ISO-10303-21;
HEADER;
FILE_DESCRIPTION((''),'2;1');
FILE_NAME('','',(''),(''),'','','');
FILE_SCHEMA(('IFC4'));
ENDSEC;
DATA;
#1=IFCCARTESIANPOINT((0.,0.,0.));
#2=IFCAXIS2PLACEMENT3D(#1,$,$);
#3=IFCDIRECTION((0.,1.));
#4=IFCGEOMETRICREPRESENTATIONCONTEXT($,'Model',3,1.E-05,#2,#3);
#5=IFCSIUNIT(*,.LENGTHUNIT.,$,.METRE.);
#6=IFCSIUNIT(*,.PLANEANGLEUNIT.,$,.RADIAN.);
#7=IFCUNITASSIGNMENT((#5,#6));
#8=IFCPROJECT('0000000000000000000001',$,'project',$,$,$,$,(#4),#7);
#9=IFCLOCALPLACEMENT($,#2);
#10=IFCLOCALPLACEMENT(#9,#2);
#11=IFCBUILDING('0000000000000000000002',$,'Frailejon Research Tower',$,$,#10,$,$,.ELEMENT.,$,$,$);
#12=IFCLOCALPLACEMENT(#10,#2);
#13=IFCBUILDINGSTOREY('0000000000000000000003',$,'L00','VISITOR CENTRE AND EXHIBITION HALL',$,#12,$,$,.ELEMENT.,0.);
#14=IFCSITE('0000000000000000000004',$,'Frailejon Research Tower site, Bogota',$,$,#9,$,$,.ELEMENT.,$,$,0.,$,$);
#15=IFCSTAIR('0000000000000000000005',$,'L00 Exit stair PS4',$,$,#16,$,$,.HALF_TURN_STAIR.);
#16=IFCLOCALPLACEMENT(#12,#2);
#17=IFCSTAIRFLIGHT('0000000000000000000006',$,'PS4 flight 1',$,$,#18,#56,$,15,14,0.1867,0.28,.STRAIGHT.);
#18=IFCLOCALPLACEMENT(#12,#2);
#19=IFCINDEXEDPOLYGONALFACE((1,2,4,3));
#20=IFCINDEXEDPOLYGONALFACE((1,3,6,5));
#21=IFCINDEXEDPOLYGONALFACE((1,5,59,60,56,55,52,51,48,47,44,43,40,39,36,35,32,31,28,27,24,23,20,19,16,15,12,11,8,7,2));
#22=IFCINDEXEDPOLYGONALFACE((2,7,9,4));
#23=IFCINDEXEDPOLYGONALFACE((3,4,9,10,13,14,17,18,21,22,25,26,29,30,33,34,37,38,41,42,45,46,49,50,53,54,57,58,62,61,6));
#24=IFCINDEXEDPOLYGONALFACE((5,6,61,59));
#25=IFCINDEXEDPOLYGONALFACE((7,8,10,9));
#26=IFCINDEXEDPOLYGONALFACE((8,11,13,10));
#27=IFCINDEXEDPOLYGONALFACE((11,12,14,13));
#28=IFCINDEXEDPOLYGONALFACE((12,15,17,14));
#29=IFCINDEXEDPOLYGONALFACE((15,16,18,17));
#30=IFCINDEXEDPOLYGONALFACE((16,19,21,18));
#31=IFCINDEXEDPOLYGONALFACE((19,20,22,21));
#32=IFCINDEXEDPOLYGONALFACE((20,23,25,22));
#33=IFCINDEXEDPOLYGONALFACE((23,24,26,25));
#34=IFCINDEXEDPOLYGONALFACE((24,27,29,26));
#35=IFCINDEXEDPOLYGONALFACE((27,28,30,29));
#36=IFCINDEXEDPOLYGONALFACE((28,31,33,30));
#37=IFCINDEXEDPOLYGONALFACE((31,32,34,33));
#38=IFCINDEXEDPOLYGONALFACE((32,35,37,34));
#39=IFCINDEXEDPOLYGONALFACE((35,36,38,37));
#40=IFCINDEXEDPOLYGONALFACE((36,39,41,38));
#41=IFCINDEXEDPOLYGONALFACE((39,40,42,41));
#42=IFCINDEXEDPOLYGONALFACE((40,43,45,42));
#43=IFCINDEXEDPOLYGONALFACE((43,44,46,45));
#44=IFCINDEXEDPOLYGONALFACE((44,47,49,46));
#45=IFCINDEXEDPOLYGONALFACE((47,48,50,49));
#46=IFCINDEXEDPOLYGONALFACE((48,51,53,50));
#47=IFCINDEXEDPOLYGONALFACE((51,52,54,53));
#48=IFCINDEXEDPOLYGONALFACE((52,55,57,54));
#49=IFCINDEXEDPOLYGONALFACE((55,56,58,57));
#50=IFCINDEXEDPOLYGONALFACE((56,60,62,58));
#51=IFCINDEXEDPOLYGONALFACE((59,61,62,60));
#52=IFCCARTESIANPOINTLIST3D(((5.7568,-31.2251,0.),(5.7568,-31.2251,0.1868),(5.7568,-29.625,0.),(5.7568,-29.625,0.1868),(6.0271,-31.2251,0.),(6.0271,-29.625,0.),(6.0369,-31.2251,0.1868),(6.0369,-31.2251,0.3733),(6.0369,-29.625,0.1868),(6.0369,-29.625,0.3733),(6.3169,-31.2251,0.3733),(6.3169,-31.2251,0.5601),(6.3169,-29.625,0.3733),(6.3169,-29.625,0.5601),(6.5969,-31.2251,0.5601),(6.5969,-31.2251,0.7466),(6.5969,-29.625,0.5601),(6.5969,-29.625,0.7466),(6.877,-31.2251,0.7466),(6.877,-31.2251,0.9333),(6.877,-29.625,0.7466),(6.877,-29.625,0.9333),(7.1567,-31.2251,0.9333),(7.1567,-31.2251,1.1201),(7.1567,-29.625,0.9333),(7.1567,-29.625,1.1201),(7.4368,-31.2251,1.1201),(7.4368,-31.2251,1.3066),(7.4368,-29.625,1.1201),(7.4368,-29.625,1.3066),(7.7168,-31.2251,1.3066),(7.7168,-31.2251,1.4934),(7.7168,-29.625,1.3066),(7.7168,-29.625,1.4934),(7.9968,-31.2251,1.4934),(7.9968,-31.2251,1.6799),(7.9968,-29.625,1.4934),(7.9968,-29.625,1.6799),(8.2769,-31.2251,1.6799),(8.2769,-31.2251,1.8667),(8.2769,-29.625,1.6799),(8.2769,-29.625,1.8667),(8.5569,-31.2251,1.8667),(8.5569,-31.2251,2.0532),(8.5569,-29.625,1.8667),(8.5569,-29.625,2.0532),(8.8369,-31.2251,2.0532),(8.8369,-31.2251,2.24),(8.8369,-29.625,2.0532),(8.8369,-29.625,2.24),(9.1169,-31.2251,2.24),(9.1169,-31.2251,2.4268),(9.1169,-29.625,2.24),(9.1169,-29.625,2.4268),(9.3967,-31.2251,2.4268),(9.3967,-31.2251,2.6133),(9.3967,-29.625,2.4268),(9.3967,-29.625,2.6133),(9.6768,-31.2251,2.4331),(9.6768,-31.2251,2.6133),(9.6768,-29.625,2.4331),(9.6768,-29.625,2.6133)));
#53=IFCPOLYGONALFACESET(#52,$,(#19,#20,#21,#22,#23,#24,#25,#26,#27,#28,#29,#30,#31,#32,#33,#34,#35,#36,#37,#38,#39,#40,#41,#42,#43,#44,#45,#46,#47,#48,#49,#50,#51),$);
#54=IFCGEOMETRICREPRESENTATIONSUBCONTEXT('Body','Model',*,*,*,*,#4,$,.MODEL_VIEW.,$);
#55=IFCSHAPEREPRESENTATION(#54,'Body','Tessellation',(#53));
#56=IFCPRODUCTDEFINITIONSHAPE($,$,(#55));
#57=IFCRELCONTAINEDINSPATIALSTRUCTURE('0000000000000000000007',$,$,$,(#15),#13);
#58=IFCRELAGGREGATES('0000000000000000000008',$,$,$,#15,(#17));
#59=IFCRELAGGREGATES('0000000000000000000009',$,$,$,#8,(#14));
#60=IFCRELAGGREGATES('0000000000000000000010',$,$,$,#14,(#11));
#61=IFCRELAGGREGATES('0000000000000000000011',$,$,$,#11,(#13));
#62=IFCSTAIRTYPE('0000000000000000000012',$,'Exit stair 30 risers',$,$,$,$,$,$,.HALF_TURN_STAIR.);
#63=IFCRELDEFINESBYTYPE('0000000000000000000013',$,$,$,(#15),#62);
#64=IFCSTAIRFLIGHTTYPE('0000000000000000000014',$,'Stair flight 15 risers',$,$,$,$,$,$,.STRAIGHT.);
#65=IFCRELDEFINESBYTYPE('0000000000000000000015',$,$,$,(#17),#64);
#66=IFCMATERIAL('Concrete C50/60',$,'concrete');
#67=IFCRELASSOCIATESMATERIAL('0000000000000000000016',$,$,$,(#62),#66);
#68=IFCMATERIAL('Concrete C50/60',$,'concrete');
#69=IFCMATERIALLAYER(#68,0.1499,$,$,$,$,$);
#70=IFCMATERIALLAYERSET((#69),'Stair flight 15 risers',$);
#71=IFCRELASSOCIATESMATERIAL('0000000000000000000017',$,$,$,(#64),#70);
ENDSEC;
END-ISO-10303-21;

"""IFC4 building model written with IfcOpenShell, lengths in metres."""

from ifc_helpers import new_model, si_unit, direction, frame, origin, place, context, subcontext, project, spatial, polyline, outline, extrude, material, layer, layer_set, type_object, element, aggregate, save


model = new_model("IFC4")

# Units and contexts
model_context = context("Model", 3, precision=1e-05, world=origin(), true_north=direction((0.0, 1.0)))
body_context = subcontext(model_context, "Body", "Model", "MODEL_VIEW")
ifc_project = project(units=[si_unit("LENGTHUNIT", "METRE"), si_unit("PLANEANGLEUNIT", "RADIAN")], contexts=[model_context])

# Site, building, storey
site_placement = place(None, origin())
site = spatial("IfcSite", under=ifc_project, at=site_placement, Name="Frailejon Research Tower site, Bogota", CompositionType="ELEMENT", RefElevation=0.0)
building_placement = place(site_placement, origin())
building = spatial("IfcBuilding", under=site, at=building_placement, Name="Frailejon Research Tower", CompositionType="ELEMENT")
storey_placement = place(building_placement, origin())
storey = spatial("IfcBuildingStorey", under=building, at=storey_placement, Name="L00", Description="VISITOR CENTRE AND EXHIBITION HALL", CompositionType="ELEMENT", Elevation=0.0)

# Stair, stair flight
ifc_material_1 = material(Name="Concrete C50/60", Category="concrete")
stair_type = type_object("IfcStairType", Name="Exit stair 30 risers", PredefinedType="HALF_TURN_STAIR", material=ifc_material_1)
stair_placement = place(storey_placement, origin())
stair = element("IfcStair", 1, at=stair_placement, inside=storey, type_object=stair_type, Name="L00 Exit stair PS4", PredefinedType="HALF_TURN_STAIR")
ifc_material_2 = material(Name="Concrete C50/60", Category="concrete")
ifc_layer_1 = layer(ifc_material_2, 0.1499)
ifc_layer_set_1 = layer_set([ifc_layer_1], Name="Stair flight 15 risers")
stair_flight_type = type_object("IfcStairFlightType", Name="Stair flight 15 risers", PredefinedType="STRAIGHT", material=ifc_layer_set_1)
stair_flight_placement = place(storey_placement, frame((5.7568, -30.425, 0.0), z_axis=(0.0, 0.0, 1.0), x_axis=(1.0, 0.0, 0.0)))
stair_flight = element("IfcStairFlight", 2, at=stair_flight_placement, type_object=stair_flight_type, Name="PS4 flight 1", NumberOfRisers=15, NumberOfTreads=14, PredefinedType="STRAIGHT", RiserHeight=0.1867, TreadLength=0.28, context=body_context, shape_type="SweptSolid", body=[
    extrude(outline(polyline([(0.0, 0.0), (0.0, 0.1868), (0.28, 0.1868), (0.28, 0.3733), (0.5601, 0.3733), (0.5601, 0.5601), (0.8401, 0.5601), (0.8401, 0.7466), (1.1201, 0.7466), (1.1201, 0.9333), (1.3999, 0.9333), (1.3999, 1.1201), (1.6799, 1.1201), (1.6799, 1.3066), (1.96, 1.3066), (1.96, 1.4934), (2.24, 1.4934), (2.24, 1.6799), (2.52, 1.6799), (2.52, 1.8667), (2.8, 1.8667), (2.8, 2.0532), (3.0801, 2.0532), (3.0801, 2.24), (3.3601, 2.24), (3.3601, 2.4268), (3.6399, 2.4268), (3.6399, 2.6133), (3.9199, 2.6133), (3.9199, 2.8), (3.9199, 2.4331), (0.2703, 0.0), (0.0, 0.0)])), frame((0.0, 0.8, 0.0), z_axis=(0.0, -1.0, 0.0), x_axis=(1.0, 0.0, 0.0)), (0.0, 0.0, 1.0), 1.6001),
])
aggregate(stair, [stair_flight])

save(model, "model.ifc")
